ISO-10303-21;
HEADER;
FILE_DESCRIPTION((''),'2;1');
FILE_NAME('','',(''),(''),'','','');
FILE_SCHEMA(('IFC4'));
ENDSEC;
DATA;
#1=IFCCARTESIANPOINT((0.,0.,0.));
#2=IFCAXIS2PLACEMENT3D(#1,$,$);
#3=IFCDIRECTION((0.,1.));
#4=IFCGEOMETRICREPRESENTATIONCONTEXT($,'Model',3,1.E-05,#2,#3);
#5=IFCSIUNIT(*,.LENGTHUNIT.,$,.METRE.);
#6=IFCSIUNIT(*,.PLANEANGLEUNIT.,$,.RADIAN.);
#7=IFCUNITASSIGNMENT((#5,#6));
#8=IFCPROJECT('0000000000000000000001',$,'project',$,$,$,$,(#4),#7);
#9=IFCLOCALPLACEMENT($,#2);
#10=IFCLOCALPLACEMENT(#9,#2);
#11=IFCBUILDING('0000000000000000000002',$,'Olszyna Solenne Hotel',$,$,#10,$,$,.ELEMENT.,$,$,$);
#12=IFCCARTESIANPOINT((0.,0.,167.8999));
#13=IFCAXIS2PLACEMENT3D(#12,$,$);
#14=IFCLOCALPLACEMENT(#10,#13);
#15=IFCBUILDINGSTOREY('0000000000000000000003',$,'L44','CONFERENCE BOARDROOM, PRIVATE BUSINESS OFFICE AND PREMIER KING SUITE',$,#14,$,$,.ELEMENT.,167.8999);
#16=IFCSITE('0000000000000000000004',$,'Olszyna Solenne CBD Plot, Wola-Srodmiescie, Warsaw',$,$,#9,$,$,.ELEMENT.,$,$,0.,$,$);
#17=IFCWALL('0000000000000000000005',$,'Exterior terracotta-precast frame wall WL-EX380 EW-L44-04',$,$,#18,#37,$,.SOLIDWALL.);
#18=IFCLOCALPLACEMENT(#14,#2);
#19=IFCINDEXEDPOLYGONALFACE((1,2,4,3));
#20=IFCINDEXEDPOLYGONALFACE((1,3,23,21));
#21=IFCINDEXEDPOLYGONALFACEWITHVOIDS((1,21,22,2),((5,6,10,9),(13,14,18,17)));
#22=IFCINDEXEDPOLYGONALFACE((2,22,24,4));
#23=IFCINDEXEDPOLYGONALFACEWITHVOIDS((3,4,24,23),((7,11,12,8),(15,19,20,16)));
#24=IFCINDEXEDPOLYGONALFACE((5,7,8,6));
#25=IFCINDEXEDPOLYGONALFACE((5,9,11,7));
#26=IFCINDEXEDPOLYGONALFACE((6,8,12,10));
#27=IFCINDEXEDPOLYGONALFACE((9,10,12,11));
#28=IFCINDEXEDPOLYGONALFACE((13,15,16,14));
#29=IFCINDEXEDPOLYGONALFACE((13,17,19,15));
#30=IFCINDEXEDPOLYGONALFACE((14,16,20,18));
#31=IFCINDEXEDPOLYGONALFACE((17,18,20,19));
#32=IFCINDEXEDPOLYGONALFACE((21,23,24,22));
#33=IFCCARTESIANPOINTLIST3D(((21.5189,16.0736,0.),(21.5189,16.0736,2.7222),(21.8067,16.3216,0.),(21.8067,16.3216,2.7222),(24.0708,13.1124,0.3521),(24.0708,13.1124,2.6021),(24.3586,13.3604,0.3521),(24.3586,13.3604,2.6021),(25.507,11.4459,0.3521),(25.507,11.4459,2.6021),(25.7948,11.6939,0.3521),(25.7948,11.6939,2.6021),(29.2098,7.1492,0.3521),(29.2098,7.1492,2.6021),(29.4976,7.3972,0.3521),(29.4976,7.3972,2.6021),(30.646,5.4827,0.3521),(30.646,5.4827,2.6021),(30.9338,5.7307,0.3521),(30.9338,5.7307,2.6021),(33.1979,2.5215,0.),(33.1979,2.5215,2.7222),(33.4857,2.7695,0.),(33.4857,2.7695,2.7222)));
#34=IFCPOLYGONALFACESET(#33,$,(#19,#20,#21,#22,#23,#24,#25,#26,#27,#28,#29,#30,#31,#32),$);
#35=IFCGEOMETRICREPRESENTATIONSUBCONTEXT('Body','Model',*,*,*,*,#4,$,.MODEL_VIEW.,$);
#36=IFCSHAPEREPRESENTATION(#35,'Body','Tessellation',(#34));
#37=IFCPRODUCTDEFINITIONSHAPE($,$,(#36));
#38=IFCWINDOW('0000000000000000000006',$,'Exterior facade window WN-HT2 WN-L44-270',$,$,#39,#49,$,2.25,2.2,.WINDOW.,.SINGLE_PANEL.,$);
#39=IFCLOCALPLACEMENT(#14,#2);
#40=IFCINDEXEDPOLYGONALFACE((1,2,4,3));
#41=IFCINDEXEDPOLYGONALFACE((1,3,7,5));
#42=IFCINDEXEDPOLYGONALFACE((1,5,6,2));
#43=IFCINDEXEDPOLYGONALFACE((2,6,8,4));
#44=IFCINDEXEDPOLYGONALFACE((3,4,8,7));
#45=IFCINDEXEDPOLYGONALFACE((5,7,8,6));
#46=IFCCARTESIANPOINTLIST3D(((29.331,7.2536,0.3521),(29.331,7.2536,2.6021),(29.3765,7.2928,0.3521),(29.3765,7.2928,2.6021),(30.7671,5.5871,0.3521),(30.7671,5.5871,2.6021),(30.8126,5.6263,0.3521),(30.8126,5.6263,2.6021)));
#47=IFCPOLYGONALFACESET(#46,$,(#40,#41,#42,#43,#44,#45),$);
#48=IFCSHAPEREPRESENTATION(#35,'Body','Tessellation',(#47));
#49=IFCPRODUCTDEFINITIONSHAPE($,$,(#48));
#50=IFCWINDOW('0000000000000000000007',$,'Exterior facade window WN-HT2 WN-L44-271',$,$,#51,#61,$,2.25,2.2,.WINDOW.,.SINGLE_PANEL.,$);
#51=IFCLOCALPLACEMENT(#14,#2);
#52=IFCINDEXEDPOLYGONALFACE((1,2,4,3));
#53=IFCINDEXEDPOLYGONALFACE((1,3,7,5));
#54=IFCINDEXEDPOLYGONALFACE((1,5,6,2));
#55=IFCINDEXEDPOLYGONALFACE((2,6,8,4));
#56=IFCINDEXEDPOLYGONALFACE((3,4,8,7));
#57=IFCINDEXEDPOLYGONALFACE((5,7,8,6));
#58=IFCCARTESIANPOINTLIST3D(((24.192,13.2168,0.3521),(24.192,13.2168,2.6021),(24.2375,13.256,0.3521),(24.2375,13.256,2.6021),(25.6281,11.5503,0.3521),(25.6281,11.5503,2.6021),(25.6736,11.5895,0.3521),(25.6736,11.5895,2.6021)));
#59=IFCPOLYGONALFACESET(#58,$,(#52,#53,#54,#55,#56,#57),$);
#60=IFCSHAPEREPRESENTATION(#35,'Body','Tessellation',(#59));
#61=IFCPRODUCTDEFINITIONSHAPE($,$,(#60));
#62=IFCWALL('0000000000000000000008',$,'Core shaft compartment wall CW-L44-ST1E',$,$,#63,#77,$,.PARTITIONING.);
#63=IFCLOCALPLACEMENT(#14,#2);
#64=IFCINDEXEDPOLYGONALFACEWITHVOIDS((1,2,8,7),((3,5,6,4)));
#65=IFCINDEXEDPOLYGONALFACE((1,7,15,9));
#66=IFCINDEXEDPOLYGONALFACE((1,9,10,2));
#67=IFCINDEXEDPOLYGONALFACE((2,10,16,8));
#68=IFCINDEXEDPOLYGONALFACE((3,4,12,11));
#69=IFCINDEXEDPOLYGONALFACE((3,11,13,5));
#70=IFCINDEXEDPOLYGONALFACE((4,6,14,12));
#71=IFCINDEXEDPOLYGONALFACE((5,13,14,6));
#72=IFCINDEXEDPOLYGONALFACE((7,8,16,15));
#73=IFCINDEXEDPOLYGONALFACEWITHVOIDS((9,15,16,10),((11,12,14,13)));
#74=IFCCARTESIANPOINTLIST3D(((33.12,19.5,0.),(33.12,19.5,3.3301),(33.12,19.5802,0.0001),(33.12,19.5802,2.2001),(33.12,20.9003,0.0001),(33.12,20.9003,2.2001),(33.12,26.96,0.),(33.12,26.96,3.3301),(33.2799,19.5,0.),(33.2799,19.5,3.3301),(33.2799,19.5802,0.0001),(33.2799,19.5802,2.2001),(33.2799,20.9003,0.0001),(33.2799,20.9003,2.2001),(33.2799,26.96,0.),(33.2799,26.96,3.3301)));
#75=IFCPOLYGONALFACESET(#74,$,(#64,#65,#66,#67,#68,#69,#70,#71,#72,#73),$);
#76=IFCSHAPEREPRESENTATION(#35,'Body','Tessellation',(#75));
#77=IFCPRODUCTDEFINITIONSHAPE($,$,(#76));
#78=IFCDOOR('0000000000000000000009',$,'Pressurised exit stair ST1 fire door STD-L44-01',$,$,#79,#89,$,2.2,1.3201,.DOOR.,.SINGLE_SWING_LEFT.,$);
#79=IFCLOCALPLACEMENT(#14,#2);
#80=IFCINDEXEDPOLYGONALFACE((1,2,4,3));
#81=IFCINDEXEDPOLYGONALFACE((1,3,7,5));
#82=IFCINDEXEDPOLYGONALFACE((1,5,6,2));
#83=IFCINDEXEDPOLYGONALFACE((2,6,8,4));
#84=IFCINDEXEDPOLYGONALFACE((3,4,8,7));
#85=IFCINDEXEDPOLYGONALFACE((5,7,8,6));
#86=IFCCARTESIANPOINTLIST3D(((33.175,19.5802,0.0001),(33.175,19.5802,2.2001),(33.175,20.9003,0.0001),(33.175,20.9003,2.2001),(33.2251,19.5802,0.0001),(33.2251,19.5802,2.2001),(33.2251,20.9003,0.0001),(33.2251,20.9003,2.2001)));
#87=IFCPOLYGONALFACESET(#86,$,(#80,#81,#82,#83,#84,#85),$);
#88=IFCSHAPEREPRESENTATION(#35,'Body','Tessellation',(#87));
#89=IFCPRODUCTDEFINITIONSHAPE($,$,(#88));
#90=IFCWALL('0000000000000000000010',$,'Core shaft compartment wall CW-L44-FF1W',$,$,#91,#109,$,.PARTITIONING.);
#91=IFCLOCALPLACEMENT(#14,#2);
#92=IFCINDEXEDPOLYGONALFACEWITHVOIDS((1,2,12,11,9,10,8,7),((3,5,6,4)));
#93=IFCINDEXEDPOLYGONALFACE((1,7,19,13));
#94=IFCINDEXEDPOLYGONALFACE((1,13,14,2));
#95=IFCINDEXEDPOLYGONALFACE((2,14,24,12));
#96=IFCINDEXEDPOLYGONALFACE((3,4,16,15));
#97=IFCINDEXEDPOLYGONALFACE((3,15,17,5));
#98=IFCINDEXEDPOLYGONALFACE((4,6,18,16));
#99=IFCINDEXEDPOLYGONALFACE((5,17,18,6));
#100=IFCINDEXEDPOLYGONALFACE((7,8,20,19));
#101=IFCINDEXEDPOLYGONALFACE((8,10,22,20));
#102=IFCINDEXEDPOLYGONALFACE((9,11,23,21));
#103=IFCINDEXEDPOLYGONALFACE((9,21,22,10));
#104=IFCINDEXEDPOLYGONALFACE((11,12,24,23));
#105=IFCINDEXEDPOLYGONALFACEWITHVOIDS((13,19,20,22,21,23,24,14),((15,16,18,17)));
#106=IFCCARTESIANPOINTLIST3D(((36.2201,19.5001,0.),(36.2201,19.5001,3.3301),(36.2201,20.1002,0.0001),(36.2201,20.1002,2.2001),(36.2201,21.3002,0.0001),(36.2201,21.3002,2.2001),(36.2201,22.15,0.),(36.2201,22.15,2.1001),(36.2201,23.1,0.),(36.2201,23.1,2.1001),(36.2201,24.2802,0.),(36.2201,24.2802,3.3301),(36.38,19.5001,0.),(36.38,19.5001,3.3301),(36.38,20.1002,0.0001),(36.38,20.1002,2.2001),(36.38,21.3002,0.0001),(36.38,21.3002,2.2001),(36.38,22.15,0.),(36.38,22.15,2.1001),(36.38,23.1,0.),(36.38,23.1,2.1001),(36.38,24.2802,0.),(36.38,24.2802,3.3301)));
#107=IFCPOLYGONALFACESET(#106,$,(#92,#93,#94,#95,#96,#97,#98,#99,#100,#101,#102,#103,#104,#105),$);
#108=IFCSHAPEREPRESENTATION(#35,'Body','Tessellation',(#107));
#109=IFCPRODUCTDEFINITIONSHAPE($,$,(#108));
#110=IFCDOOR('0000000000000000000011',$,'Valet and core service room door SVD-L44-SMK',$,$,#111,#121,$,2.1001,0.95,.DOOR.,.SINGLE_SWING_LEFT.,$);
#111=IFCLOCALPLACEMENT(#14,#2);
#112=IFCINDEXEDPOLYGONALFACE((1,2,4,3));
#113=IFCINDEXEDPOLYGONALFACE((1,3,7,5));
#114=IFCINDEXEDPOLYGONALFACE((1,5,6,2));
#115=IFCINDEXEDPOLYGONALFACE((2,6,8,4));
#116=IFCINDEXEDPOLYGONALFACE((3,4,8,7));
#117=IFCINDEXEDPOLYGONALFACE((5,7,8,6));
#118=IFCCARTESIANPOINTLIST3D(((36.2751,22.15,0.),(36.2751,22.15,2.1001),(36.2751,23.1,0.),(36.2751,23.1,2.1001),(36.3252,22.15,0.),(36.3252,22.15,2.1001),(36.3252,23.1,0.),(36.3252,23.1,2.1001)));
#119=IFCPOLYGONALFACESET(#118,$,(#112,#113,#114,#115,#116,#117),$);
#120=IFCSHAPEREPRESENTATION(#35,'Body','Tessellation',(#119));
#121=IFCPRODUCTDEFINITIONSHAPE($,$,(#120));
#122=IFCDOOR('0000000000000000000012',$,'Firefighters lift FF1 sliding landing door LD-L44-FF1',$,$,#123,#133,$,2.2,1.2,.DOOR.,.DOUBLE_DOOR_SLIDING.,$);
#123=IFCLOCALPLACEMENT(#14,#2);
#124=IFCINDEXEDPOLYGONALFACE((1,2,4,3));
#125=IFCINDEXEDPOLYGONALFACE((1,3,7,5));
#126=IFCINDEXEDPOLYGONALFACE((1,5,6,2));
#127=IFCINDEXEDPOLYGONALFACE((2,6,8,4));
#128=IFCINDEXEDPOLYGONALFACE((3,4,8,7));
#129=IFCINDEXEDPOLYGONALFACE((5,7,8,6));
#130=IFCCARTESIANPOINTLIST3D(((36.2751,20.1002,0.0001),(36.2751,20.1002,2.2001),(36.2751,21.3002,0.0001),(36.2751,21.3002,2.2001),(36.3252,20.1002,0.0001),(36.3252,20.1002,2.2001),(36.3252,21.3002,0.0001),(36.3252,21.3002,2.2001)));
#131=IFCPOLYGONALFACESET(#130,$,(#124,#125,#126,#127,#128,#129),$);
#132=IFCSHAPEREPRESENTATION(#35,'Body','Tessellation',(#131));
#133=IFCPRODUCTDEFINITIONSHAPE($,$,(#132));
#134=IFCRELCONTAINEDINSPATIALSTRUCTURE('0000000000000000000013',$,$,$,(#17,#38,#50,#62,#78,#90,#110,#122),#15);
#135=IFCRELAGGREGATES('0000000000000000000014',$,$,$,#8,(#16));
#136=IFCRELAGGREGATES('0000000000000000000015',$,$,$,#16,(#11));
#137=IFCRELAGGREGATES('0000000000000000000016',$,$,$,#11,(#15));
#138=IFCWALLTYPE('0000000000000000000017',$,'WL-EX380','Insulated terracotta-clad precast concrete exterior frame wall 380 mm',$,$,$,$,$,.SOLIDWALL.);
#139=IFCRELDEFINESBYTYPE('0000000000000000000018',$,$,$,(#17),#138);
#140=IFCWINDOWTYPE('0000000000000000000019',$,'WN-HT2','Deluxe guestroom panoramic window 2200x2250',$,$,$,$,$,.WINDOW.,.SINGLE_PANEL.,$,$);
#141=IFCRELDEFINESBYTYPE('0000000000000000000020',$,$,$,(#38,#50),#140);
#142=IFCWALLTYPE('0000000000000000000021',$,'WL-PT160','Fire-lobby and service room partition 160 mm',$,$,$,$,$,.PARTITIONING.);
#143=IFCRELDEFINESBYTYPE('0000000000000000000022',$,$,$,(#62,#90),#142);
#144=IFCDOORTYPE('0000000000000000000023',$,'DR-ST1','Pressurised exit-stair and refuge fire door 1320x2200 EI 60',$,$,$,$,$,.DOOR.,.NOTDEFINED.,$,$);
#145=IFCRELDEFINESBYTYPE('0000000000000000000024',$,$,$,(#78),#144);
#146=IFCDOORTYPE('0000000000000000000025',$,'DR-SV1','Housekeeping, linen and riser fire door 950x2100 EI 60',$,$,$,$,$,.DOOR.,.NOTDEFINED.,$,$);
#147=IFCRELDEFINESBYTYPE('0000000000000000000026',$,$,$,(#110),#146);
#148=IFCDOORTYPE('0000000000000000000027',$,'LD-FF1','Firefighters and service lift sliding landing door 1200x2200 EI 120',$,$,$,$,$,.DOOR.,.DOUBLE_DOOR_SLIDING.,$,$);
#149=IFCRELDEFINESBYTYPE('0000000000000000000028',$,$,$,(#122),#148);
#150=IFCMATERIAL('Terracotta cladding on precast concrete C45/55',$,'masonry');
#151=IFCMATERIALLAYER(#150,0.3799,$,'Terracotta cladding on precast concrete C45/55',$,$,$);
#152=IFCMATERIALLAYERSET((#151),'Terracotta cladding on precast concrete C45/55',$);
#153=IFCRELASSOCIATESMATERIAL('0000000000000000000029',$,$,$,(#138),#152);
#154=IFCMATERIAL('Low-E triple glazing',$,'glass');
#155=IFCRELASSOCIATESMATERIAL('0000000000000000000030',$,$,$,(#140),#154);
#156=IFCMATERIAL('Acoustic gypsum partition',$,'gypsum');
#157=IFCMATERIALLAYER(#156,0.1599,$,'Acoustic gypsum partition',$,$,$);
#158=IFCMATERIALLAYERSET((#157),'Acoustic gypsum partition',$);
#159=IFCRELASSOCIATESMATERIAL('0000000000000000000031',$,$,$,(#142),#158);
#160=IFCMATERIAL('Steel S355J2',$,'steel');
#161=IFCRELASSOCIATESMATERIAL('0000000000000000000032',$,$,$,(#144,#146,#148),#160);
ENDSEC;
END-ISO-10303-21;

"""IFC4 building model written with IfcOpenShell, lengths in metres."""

from ifc_helpers import new_model, si_unit, direction, frame, frame_2d, origin, place, context, subcontext, project, spatial, rectangle, extrude, source, transform, mapped, material, layer, layer_set, type_object, type_shapes, element, fill, save


model = new_model("IFC4")

# Units and contexts
model_context = context("Model", 3, precision=1e-05, world=origin(), true_north=direction((0.0, 1.0)))
body_context = subcontext(model_context, "Body", "Model", "MODEL_VIEW")
ifc_project = project(units=[si_unit("LENGTHUNIT", "METRE"), si_unit("PLANEANGLEUNIT", "RADIAN")], contexts=[model_context])

# Site, building, storey
site_placement = place(None, origin())
site = spatial("IfcSite", under=ifc_project, at=site_placement, Name="Olszyna Solenne CBD Plot, Wola-Srodmiescie, Warsaw", CompositionType="ELEMENT", RefElevation=0.0)
building_placement = place(site_placement, origin())
building = spatial("IfcBuilding", under=site, at=building_placement, Name="Olszyna Solenne Hotel", CompositionType="ELEMENT")
storey_placement = place(building_placement, frame((0.0, 0.0, 167.8999)))
storey = spatial("IfcBuildingStorey", under=building, at=storey_placement, Name="L44", Description="CONFERENCE BOARDROOM, PRIVATE BUSINESS OFFICE AND PREMIER KING SUITE", CompositionType="ELEMENT", Elevation=167.8999)

# Shared definitions
ifc_material_1 = material(Name="Steel S355J2", Category="steel")

# Shared definitions
ifc_material_2 = material(Name="Low-E triple glazing", Category="glass")

# Wall, openings, windows
ifc_material_3 = material(Name="Terracotta cladding on precast concrete C45/55", Category="masonry")
ifc_layer_1 = layer(ifc_material_3, 0.3799, Name="Terracotta cladding on precast concrete C45/55")
ifc_layer_set_1 = layer_set([ifc_layer_1], Name="Terracotta cladding on precast concrete C45/55")
wall_type_1 = type_object("IfcWallType", Name="WL-EX380", Description="Insulated terracotta-clad precast concrete exterior frame wall 380 mm", PredefinedType="SOLIDWALL", material=ifc_layer_set_1)
wall_1_placement = place(storey_placement, frame((33.3418, 2.6455, 0.0), z_axis=(0.0, 0.0, 1.0), x_axis=(-0.652818, 0.757515, 0.0)))
wall_1 = element("IfcWall", 1, at=wall_1_placement, inside=storey, type_object=wall_type_1, Name="Exterior terracotta-precast frame wall WL-EX380 EW-L44-04", PredefinedType="SOLIDWALL", context=body_context, shape_type="SweptSolid", body=[
    extrude(rectangle(XDim=17.8901, YDim=0.3799, at=frame_2d((8.9451, 0.0))), origin(), (0.0, 0.0, 1.0), 2.7222),
])
opening_1_placement = place(wall_1_placement, frame((3.9089, 0.0, 0.3521)))
opening_1 = element("IfcOpeningElement", 2, at=opening_1_placement, cuts=wall_1, PredefinedType="OPENING", context=body_context, shape_type="SweptSolid", body=[
    extrude(rectangle(XDim=2.2, YDim=2.25, at=frame_2d((1.1001, 1.125))), frame((0.0, 0.2, 0.0), z_axis=(0.0, -1.0, 0.0), x_axis=(1.0, 0.0, 0.0)), (0.0, 0.0, 1.0), 0.3999),
])
opening_2_placement = place(wall_1_placement, frame((11.781, 0.0, 0.3521)))
opening_2 = element("IfcOpeningElement", 3, at=opening_2_placement, cuts=wall_1, PredefinedType="OPENING", context=body_context, shape_type="SweptSolid", body=[
    extrude(rectangle(XDim=2.2, YDim=2.25, at=frame_2d((1.1001, 1.125))), frame((0.0, 0.2, 0.0), z_axis=(0.0, -1.0, 0.0), x_axis=(1.0, 0.0, 0.0)), (0.0, 0.0, 1.0), 0.3999),
])
window_type = type_object("IfcWindowType", Name="WN-HT2", Description="Deluxe guestroom panoramic window 2200x2250", PartitioningType="SINGLE_PANEL", PredefinedType="WINDOW", material=ifc_material_2)
shared_shape_1 = source(origin(), body_context, "Body", "SweptSolid", [
    extrude(rectangle(XDim=2.2, YDim=2.25, at=frame_2d((1.1001, 1.125))), frame((0.0, 0.03, 0.0), z_axis=(0.0, -1.0, 0.0), x_axis=(1.0, 0.0, 0.0)), (0.0, 0.0, 1.0), 0.0601),
])
type_shapes(window_type, [shared_shape_1])
window_1_placement = place(opening_1_placement, origin())
window_1 = element("IfcWindow", 4, at=window_1_placement, inside=storey, type_object=window_type, Name="Exterior facade window WN-HT2 WN-L44-270", OverallHeight=2.25, OverallWidth=2.2, PartitioningType="SINGLE_PANEL", PredefinedType="WINDOW", context=body_context, shape_type="MappedRepresentation", body=[
    mapped(shared_shape_1, transform((0.0, 0.0, 0.0), x_axis=(1.0, 0.0, 0.0), y_axis=(0.0, 1.0, 0.0), z_axis=(0.0, 0.0, 1.0), scale=1.0)),
])
fill(opening_1, window_1)
window_2_placement = place(opening_2_placement, origin())
window_2 = element("IfcWindow", 5, at=window_2_placement, inside=storey, type_object=window_type, Name="Exterior facade window WN-HT2 WN-L44-271", OverallHeight=2.25, OverallWidth=2.2, PartitioningType="SINGLE_PANEL", PredefinedType="WINDOW", context=body_context, shape_type="MappedRepresentation", body=[
    mapped(shared_shape_1, transform((0.0, 0.0, 0.0), x_axis=(1.0, 0.0, 0.0), y_axis=(0.0, 1.0, 0.0), z_axis=(0.0, 0.0, 1.0), scale=1.0)),
])
fill(opening_2, window_2)

# Wall, opening, door
ifc_material_4 = material(Name="Acoustic gypsum partition", Category="gypsum")
ifc_layer_2 = layer(ifc_material_4, 0.1599, Name="Acoustic gypsum partition")
ifc_layer_set_2 = layer_set([ifc_layer_2], Name="Acoustic gypsum partition")
wall_type_2 = type_object("IfcWallType", Name="WL-PT160", Description="Fire-lobby and service room partition 160 mm", PredefinedType="PARTITIONING", material=ifc_layer_set_2)
wall_2_placement = place(storey_placement, frame((33.2, 19.5, 0.0), z_axis=(0.0, 0.0, 1.0), x_axis=(0.0, 1.0, 0.0)))
wall_2 = element("IfcWall", 6, at=wall_2_placement, inside=storey, type_object=wall_type_2, Name="Core shaft compartment wall CW-L44-ST1E", PredefinedType="PARTITIONING", context=body_context, shape_type="SweptSolid", body=[
    extrude(rectangle(XDim=7.46, YDim=0.1599, at=frame_2d((3.73, 0.0))), origin(), (0.0, 0.0, 1.0), 3.3301),
])
opening_3_placement = place(wall_2_placement, frame((0.0801, 0.0, 0.0)))
opening_3 = element("IfcOpeningElement", 7, at=opening_3_placement, cuts=wall_2, PredefinedType="OPENING", context=body_context, shape_type="SweptSolid", body=[
    extrude(rectangle(XDim=1.3201, YDim=2.2, at=frame_2d((0.6602, 1.1001))), frame((0.0, 0.0898, 0.0), z_axis=(0.0, -1.0, 0.0), x_axis=(1.0, 0.0, 0.0)), (0.0, 0.0, 1.0), 0.1799),
])
door_type_1 = type_object("IfcDoorType", Name="DR-ST1", Description="Pressurised exit-stair and refuge fire door 1320x2200 EI 60", OperationType="NOTDEFINED", PredefinedType="DOOR", material=ifc_material_1)
shared_shape_2 = source(origin(), body_context, "Body", "SweptSolid", [
    extrude(rectangle(XDim=1.3201, YDim=2.2, at=frame_2d((0.6602, 1.1001))), frame((0.0, 0.0249, 0.0), z_axis=(0.0, -1.0, 0.0), x_axis=(1.0, 0.0, 0.0)), (0.0, 0.0, 1.0), 0.05),
])
type_shapes(door_type_1, [shared_shape_2])
door_1_placement = place(opening_3_placement, origin())
door_1 = element("IfcDoor", 8, at=door_1_placement, inside=storey, type_object=door_type_1, Name="Pressurised exit stair ST1 fire door STD-L44-01", OperationType="SINGLE_SWING_LEFT", OverallHeight=2.2, OverallWidth=1.3201, PredefinedType="DOOR", context=body_context, shape_type="MappedRepresentation", body=[
    mapped(shared_shape_2, transform((0.0, 0.0, 0.0), x_axis=(1.0, 0.0, 0.0), y_axis=(0.0, 1.0, 0.0), z_axis=(0.0, 0.0, 1.0), scale=1.0)),
])
fill(opening_3, door_1)

# Wall, openings, doors
wall_3_placement = place(storey_placement, frame((36.3, 19.5, 0.0), z_axis=(0.0, 0.0, 1.0), x_axis=(0.0, 1.0, 0.0)))
wall_3 = element("IfcWall", 9, at=wall_3_placement, inside=storey, type_object=wall_type_2, Name="Core shaft compartment wall CW-L44-FF1W", PredefinedType="PARTITIONING", context=body_context, shape_type="SweptSolid", body=[
    extrude(rectangle(XDim=4.78, YDim=0.1599, at=frame_2d((2.3901, 0.0))), origin(), (0.0, 0.0, 1.0), 3.3301),
])
opening_4_placement = place(wall_3_placement, frame((0.6001, 0.0, 0.0)))
opening_4 = element("IfcOpeningElement", 10, at=opening_4_placement, cuts=wall_3, PredefinedType="OPENING", context=body_context, shape_type="SweptSolid", body=[
    extrude(rectangle(XDim=1.2, YDim=2.2, at=frame_2d((0.6001, 1.1001))), frame((0.0, 0.0898, 0.0), z_axis=(0.0, -1.0, 0.0), x_axis=(1.0, 0.0, 0.0)), (0.0, 0.0, 1.0), 0.1799),
])
opening_5_placement = place(wall_3_placement, frame((2.6499, 0.0, 0.0)))
opening_5 = element("IfcOpeningElement", 11, at=opening_5_placement, cuts=wall_3, PredefinedType="OPENING", context=body_context, shape_type="SweptSolid", body=[
    extrude(rectangle(XDim=0.95, YDim=2.1001, at=frame_2d((0.4751, 1.05))), frame((0.0, 0.0898, 0.0), z_axis=(0.0, -1.0, 0.0), x_axis=(1.0, 0.0, 0.0)), (0.0, 0.0, 1.0), 0.1799),
])
door_type_2 = type_object("IfcDoorType", Name="DR-SV1", Description="Housekeeping, linen and riser fire door 950x2100 EI 60", OperationType="NOTDEFINED", PredefinedType="DOOR", material=ifc_material_1)
shared_shape_3 = source(origin(), body_context, "Body", "SweptSolid", [
    extrude(rectangle(XDim=0.95, YDim=2.1001, at=frame_2d((0.4751, 1.05))), frame((0.0, 0.0249, 0.0), z_axis=(0.0, -1.0, 0.0), x_axis=(1.0, 0.0, 0.0)), (0.0, 0.0, 1.0), 0.05),
])
type_shapes(door_type_2, [shared_shape_3])
door_2_placement = place(opening_5_placement, origin())
door_2 = element("IfcDoor", 12, at=door_2_placement, inside=storey, type_object=door_type_2, Name="Valet and core service room door SVD-L44-SMK", OperationType="SINGLE_SWING_LEFT", OverallHeight=2.1001, OverallWidth=0.95, PredefinedType="DOOR", context=body_context, shape_type="MappedRepresentation", body=[
    mapped(shared_shape_3, transform((0.0, 0.0, 0.0), x_axis=(1.0, 0.0, 0.0), y_axis=(0.0, 1.0, 0.0), z_axis=(0.0, 0.0, 1.0), scale=1.0)),
])
fill(opening_5, door_2)
door_type_3 = type_object("IfcDoorType", Name="LD-FF1", Description="Firefighters and service lift sliding landing door 1200x2200 EI 120", OperationType="DOUBLE_DOOR_SLIDING", PredefinedType="DOOR", material=ifc_material_1)
shared_shape_4 = source(origin(), body_context, "Body", "SweptSolid", [
    extrude(rectangle(XDim=1.2, YDim=2.2, at=frame_2d((0.6001, 1.1001))), frame((0.0, 0.0249, 0.0), z_axis=(0.0, -1.0, 0.0), x_axis=(1.0, 0.0, 0.0)), (0.0, 0.0, 1.0), 0.05),
])
type_shapes(door_type_3, [shared_shape_4])
door_3_placement = place(opening_4_placement, origin())
door_3 = element("IfcDoor", 13, at=door_3_placement, inside=storey, type_object=door_type_3, Name="Firefighters lift FF1 sliding landing door LD-L44-FF1", OperationType="DOUBLE_DOOR_SLIDING", OverallHeight=2.2, OverallWidth=1.2, PredefinedType="DOOR", context=body_context, shape_type="MappedRepresentation", body=[
    mapped(shared_shape_4, transform((0.0, 0.0, 0.0), x_axis=(1.0, 0.0, 0.0), y_axis=(0.0, 1.0, 0.0), z_axis=(0.0, 0.0, 1.0), scale=1.0)),
])
fill(opening_4, door_3)

save(model, "model.ifc")
